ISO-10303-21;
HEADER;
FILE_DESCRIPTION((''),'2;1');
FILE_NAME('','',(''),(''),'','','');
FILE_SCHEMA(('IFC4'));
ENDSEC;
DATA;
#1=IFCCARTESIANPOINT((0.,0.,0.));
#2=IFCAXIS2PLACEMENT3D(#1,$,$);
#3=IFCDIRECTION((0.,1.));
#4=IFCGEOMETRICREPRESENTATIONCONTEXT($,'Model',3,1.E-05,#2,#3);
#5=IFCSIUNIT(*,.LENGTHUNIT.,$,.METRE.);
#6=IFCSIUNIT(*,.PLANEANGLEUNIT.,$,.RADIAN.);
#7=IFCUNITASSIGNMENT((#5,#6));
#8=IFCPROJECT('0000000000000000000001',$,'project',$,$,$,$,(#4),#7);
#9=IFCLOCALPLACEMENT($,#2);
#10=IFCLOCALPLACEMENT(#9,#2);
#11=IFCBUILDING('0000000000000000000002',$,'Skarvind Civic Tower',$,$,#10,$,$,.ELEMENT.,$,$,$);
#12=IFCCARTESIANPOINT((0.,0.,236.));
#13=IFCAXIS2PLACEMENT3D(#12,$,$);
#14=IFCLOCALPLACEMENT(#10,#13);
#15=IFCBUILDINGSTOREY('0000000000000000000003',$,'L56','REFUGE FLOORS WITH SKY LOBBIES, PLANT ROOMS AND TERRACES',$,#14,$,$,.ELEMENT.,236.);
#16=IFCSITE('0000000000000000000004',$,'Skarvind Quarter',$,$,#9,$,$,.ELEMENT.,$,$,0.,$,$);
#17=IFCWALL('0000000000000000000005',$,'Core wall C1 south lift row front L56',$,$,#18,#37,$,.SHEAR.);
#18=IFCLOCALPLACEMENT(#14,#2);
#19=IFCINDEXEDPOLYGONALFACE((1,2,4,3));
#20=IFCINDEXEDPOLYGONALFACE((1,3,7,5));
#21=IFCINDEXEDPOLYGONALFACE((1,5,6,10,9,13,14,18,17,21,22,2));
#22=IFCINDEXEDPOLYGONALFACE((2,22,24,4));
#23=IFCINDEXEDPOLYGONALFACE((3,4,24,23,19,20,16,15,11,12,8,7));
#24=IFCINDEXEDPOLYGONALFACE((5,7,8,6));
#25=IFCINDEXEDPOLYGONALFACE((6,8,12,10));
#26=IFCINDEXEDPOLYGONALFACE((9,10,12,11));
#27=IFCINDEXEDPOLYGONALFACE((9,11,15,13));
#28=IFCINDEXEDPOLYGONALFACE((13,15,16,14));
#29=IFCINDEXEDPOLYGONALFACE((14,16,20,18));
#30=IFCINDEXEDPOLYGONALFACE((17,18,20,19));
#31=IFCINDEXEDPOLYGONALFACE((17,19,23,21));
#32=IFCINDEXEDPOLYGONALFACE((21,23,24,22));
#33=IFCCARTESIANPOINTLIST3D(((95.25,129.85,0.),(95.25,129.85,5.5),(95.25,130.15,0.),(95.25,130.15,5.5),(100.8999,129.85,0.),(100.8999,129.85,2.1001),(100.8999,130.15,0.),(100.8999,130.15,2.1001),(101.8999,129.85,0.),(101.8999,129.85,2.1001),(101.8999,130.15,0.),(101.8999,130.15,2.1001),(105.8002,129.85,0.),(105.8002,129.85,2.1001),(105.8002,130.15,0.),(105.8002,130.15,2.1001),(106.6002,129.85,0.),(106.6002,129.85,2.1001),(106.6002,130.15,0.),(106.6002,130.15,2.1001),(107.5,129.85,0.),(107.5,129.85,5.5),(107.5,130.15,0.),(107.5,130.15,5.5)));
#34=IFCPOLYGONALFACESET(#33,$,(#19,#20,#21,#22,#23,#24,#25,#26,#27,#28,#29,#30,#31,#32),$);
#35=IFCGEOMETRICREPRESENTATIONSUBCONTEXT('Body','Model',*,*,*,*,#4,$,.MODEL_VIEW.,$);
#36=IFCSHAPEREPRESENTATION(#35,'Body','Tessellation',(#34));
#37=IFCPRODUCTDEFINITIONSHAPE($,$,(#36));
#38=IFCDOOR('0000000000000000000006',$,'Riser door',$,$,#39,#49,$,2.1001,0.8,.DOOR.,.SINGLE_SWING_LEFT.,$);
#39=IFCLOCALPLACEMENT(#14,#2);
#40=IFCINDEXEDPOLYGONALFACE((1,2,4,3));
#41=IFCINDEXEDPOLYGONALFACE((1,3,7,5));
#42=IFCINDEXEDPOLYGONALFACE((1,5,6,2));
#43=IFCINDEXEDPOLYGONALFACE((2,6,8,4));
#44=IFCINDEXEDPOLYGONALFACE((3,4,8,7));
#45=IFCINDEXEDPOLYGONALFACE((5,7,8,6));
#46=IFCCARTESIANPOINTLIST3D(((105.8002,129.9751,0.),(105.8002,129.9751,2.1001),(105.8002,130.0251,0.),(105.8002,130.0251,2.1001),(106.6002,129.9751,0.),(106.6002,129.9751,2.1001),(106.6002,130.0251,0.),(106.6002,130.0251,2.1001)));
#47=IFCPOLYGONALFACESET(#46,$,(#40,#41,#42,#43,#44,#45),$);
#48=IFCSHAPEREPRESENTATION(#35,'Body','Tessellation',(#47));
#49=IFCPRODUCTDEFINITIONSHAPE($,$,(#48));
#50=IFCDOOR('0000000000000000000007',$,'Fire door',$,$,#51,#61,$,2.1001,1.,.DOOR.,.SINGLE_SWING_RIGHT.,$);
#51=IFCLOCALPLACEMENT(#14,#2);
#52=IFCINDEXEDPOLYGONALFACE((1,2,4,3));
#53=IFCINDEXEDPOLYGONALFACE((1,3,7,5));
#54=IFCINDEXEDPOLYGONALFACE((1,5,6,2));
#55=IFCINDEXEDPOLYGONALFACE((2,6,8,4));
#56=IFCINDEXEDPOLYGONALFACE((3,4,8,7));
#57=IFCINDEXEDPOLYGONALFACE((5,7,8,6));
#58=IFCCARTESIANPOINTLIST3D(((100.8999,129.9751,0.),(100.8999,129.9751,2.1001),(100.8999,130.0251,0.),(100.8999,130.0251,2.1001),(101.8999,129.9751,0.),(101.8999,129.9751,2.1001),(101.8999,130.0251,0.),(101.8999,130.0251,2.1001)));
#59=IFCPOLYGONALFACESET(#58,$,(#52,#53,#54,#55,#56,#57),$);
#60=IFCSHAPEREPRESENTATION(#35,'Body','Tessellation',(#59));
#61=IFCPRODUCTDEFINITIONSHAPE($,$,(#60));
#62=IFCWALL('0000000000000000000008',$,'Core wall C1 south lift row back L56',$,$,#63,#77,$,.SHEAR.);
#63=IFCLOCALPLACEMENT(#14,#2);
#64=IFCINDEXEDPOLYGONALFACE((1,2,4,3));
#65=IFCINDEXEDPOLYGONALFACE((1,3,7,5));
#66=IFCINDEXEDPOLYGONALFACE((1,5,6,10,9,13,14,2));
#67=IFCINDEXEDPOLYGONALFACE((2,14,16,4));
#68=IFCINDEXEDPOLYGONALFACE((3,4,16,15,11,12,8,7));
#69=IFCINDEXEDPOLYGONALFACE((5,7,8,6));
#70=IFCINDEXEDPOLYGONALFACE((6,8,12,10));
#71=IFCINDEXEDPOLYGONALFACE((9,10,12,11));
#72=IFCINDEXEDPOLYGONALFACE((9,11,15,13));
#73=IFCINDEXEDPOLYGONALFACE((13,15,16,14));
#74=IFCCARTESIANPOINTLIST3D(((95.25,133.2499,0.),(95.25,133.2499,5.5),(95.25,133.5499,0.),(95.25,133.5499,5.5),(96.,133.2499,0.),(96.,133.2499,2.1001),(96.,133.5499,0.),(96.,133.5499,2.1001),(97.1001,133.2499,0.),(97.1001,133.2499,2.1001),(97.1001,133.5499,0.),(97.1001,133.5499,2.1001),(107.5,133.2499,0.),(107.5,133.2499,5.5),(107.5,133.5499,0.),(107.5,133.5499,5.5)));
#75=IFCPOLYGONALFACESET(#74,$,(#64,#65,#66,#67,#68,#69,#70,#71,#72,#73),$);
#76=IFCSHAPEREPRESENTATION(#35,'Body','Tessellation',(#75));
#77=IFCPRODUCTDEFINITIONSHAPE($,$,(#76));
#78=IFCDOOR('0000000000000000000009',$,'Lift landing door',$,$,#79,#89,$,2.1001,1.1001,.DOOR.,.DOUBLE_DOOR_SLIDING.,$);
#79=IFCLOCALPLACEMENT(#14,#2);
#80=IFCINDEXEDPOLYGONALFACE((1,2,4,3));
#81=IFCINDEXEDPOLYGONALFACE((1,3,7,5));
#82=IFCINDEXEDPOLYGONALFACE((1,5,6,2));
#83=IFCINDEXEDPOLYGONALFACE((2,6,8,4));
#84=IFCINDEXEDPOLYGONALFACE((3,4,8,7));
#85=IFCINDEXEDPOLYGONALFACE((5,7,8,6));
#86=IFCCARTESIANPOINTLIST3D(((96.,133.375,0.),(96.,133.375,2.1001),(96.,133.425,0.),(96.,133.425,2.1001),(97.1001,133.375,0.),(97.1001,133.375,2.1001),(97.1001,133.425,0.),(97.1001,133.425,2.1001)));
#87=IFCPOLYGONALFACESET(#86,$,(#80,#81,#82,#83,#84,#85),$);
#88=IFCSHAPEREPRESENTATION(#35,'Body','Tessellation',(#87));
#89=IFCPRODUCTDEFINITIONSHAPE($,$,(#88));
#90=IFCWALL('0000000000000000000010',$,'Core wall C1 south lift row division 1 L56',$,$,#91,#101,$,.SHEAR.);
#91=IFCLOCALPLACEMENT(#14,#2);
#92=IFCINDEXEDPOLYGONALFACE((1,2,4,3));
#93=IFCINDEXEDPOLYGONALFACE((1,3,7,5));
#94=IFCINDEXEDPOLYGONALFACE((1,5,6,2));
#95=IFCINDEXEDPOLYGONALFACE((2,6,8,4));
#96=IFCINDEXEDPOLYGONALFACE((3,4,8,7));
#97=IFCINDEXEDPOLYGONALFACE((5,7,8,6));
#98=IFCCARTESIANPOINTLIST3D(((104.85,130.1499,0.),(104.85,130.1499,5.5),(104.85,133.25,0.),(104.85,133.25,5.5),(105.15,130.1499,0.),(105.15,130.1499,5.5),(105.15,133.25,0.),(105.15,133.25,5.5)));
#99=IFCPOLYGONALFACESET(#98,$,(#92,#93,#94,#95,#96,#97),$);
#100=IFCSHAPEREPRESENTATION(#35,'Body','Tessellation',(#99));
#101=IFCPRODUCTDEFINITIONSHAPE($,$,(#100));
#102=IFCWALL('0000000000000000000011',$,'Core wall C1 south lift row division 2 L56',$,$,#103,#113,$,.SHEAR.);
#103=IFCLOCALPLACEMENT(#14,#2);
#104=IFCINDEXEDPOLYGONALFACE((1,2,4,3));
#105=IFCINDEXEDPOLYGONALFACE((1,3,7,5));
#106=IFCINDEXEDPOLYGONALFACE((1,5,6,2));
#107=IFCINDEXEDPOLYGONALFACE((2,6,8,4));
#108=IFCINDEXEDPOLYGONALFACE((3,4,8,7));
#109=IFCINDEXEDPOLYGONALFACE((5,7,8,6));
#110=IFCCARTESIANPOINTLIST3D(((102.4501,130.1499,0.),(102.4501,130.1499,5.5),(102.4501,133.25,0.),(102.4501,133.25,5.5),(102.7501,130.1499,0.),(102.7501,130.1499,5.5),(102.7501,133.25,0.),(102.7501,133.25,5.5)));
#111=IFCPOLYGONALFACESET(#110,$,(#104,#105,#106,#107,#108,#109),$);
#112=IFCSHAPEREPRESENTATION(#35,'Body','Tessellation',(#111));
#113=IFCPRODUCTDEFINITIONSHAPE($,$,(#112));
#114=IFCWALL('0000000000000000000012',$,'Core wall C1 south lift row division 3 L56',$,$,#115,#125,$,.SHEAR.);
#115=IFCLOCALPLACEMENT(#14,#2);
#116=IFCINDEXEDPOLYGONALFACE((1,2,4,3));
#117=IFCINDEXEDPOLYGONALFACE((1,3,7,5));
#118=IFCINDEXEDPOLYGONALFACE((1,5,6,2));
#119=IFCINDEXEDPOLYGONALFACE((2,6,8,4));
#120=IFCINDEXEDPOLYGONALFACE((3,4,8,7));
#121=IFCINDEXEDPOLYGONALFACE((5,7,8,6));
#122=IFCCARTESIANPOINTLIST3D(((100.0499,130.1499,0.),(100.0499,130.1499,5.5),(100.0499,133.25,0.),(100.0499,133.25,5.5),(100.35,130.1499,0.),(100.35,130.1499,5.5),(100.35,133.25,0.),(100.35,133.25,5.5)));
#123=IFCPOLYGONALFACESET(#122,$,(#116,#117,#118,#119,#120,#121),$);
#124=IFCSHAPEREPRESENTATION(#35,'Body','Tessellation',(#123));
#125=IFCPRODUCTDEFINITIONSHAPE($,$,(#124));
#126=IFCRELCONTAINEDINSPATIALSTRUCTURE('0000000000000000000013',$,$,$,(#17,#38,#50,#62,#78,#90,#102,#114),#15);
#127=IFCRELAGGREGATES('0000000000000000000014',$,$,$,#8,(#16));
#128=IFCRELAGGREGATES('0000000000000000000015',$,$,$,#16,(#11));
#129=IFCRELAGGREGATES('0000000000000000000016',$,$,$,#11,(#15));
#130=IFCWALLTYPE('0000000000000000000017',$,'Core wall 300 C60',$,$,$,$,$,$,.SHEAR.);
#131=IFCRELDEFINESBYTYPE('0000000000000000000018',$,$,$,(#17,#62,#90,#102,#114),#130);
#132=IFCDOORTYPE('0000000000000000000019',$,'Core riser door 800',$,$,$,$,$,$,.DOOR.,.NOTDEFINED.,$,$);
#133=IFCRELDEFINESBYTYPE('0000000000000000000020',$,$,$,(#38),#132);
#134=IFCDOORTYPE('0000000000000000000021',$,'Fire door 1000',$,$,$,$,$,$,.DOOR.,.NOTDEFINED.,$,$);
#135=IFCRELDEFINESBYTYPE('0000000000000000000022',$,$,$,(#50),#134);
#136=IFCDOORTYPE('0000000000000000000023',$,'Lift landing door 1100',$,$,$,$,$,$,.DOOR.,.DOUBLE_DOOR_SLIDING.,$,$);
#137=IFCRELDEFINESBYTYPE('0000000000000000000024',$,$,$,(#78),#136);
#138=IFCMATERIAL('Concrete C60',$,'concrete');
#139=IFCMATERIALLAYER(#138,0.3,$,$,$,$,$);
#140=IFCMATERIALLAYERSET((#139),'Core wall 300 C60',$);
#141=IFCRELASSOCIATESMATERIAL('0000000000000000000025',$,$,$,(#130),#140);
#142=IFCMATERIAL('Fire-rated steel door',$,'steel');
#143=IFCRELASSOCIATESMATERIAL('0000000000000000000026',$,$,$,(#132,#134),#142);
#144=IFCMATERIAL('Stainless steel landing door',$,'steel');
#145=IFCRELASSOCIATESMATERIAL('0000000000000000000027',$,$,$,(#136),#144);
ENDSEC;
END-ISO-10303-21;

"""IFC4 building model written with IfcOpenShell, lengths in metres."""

from ifc_helpers import new_model, si_unit, direction, frame, frame_2d, origin, place, context, subcontext, project, spatial, rectangle, extrude, material, layer, layer_set, type_object, element, fill, save


model = new_model("IFC4")

# Units and contexts
model_context = context("Model", 3, precision=1e-05, world=origin(), true_north=direction((0.0, 1.0)))
body_context = subcontext(model_context, "Body", "Model", "MODEL_VIEW")
ifc_project = project(units=[si_unit("LENGTHUNIT", "METRE"), si_unit("PLANEANGLEUNIT", "RADIAN")], contexts=[model_context])

# Site, building, storey
site_placement = place(None, origin())
site = spatial("IfcSite", under=ifc_project, at=site_placement, Name="Skarvind Quarter", CompositionType="ELEMENT", RefElevation=0.0)
building_placement = place(site_placement, origin())
building = spatial("IfcBuilding", under=site, at=building_placement, Name="Skarvind Civic Tower", CompositionType="ELEMENT")
storey_placement = place(building_placement, frame((0.0, 0.0, 236.0)))
storey = spatial("IfcBuildingStorey", under=building, at=storey_placement, Name="L56", Description="REFUGE FLOORS WITH SKY LOBBIES, PLANT ROOMS AND TERRACES", CompositionType="ELEMENT", Elevation=236.0)

# Wall, openings, doors
ifc_material_1 = material(Name="Concrete C60", Category="concrete")
ifc_layer_1 = layer(ifc_material_1, 0.3)
ifc_layer_set_1 = layer_set([ifc_layer_1], Name="Core wall 300 C60")
wall_type_1 = type_object("IfcWallType", Name="Core wall 300 C60", PredefinedType="SHEAR", material=ifc_layer_set_1)
wall_1_placement = place(storey_placement, frame((107.5, 130.0, 0.0), z_axis=(0.0, 0.0, 1.0), x_axis=(-1.0, 0.0, 0.0)))
wall_1 = element("IfcWall", 1, at=wall_1_placement, inside=storey, type_object=wall_type_1, Name="Core wall C1 south lift row front L56", PredefinedType="SHEAR", context=body_context, shape_type="SweptSolid", body=[
    extrude(rectangle(XDim=12.25, YDim=0.3, at=frame_2d((6.125, 0.0))), origin(), (0.0, 0.0, 1.0), 5.5),
])
opening_1_placement = place(wall_1_placement, frame((0.8999, 0.0, 0.0)))
opening_1 = element("IfcOpeningElement", 2, at=opening_1_placement, cuts=wall_1, PredefinedType="OPENING", context=body_context, shape_type="SweptSolid", body=[
    extrude(rectangle(XDim=0.8, YDim=2.1001, at=frame_2d((0.3999, 1.05))), frame((0.0, 0.1599, 0.0), z_axis=(0.0, -1.0, 0.0), x_axis=(1.0, 0.0, 0.0)), (0.0, 0.0, 1.0), 0.3201),
])
opening_2_placement = place(wall_1_placement, frame((5.6001, 0.0, 0.0)))
opening_2 = element("IfcOpeningElement", 3, at=opening_2_placement, cuts=wall_1, PredefinedType="OPENING", context=body_context, shape_type="SweptSolid", body=[
    extrude(rectangle(XDim=1.0, YDim=2.1001, at=frame_2d((0.5, 1.05))), frame((0.0, 0.1599, 0.0), z_axis=(0.0, -1.0, 0.0), x_axis=(1.0, 0.0, 0.0)), (0.0, 0.0, 1.0), 0.3201),
])
ifc_material_2 = material(Name="Fire-rated steel door", Category="steel")
door_type_1 = type_object("IfcDoorType", Name="Core riser door 800", OperationType="NOTDEFINED", PredefinedType="DOOR", material=ifc_material_2)
door_1_placement = place(opening_1_placement, origin())
door_1 = element("IfcDoor", 4, at=door_1_placement, inside=storey, type_object=door_type_1, Name="Riser door", OperationType="SINGLE_SWING_LEFT", OverallHeight=2.1001, OverallWidth=0.8, PredefinedType="DOOR", context=body_context, shape_type="SweptSolid", body=[
    extrude(rectangle(XDim=0.8, YDim=2.1001, at=frame_2d((0.3999, 1.05))), frame((0.0, 0.0249, 0.0), z_axis=(0.0, -1.0, 0.0), x_axis=(1.0, 0.0, 0.0)), (0.0, 0.0, 1.0), 0.05),
])
fill(opening_1, door_1)
door_type_2 = type_object("IfcDoorType", Name="Fire door 1000", OperationType="NOTDEFINED", PredefinedType="DOOR", material=ifc_material_2)
door_2_placement = place(opening_2_placement, origin())
door_2 = element("IfcDoor", 5, at=door_2_placement, inside=storey, type_object=door_type_2, Name="Fire door", OperationType="SINGLE_SWING_RIGHT", OverallHeight=2.1001, OverallWidth=1.0, PredefinedType="DOOR", context=body_context, shape_type="SweptSolid", body=[
    extrude(rectangle(XDim=1.0, YDim=2.1001, at=frame_2d((0.5, 1.05))), frame((0.0, 0.0249, 0.0), z_axis=(0.0, -1.0, 0.0), x_axis=(1.0, 0.0, 0.0)), (0.0, 0.0, 1.0), 0.05),
])
fill(opening_2, door_2)

# Wall, opening, door
wall_2_placement = place(storey_placement, frame((107.5, 133.3999, 0.0), z_axis=(0.0, 0.0, 1.0), x_axis=(-1.0, 0.0, 0.0)))
wall_2 = element("IfcWall", 6, at=wall_2_placement, inside=storey, type_object=wall_type_1, Name="Core wall C1 south lift row back L56", PredefinedType="SHEAR", context=body_context, shape_type="SweptSolid", body=[
    extrude(rectangle(XDim=12.25, YDim=0.3, at=frame_2d((6.125, 0.0))), origin(), (0.0, 0.0, 1.0), 5.5),
])
opening_3_placement = place(wall_2_placement, frame((10.3999, 0.0, 0.0)))
opening_3 = element("IfcOpeningElement", 7, at=opening_3_placement, cuts=wall_2, PredefinedType="OPENING", context=body_context, shape_type="SweptSolid", body=[
    extrude(rectangle(XDim=1.1001, YDim=2.1001, at=frame_2d((0.55, 1.05))), frame((0.0, 0.1599, 0.0), z_axis=(0.0, -1.0, 0.0), x_axis=(1.0, 0.0, 0.0)), (0.0, 0.0, 1.0), 0.3201),
])
ifc_material_3 = material(Name="Stainless steel landing door", Category="steel")
door_type_3 = type_object("IfcDoorType", Name="Lift landing door 1100", OperationType="DOUBLE_DOOR_SLIDING", PredefinedType="DOOR", material=ifc_material_3)
door_3_placement = place(opening_3_placement, origin())
door_3 = element("IfcDoor", 8, at=door_3_placement, inside=storey, type_object=door_type_3, Name="Lift landing door", OperationType="DOUBLE_DOOR_SLIDING", OverallHeight=2.1001, OverallWidth=1.1001, PredefinedType="DOOR", context=body_context, shape_type="SweptSolid", body=[
    extrude(rectangle(XDim=1.1001, YDim=2.1001, at=frame_2d((0.55, 1.05))), frame((0.0, 0.0249, 0.0), z_axis=(0.0, -1.0, 0.0), x_axis=(1.0, 0.0, 0.0)), (0.0, 0.0, 1.0), 0.05),
])
fill(opening_3, door_3)

# Walls
for number, where, z_axis, x_axis, name in (
    (9, (105.0, 133.25, 0.0), (0.0, 0.0, 1.0), (0.0, -1.0, 0.0), "Core wall C1 south lift row division 1 L56"),
    (10, (102.6001, 133.25, 0.0), (0.0, 0.0, 1.0), (0.0, -1.0, 0.0), "Core wall C1 south lift row division 2 L56"),
    (11, (100.2, 133.25, 0.0), (0.0, 0.0, 1.0), (0.0, -1.0, 0.0), "Core wall C1 south lift row division 3 L56"),
):
    element("IfcWall", number, at=place(storey_placement, frame(where, z_axis=z_axis, x_axis=x_axis)), inside=storey, type_object=wall_type_1, Name=name, PredefinedType="SHEAR", context=body_context, shape_type="SweptSolid", body=[
        extrude(rectangle(XDim=3.1001, YDim=0.3, at=frame_2d((1.55, 0.0))), origin(), (0.0, 0.0, 1.0), 5.5),
    ])

save(model, "model.ifc")
